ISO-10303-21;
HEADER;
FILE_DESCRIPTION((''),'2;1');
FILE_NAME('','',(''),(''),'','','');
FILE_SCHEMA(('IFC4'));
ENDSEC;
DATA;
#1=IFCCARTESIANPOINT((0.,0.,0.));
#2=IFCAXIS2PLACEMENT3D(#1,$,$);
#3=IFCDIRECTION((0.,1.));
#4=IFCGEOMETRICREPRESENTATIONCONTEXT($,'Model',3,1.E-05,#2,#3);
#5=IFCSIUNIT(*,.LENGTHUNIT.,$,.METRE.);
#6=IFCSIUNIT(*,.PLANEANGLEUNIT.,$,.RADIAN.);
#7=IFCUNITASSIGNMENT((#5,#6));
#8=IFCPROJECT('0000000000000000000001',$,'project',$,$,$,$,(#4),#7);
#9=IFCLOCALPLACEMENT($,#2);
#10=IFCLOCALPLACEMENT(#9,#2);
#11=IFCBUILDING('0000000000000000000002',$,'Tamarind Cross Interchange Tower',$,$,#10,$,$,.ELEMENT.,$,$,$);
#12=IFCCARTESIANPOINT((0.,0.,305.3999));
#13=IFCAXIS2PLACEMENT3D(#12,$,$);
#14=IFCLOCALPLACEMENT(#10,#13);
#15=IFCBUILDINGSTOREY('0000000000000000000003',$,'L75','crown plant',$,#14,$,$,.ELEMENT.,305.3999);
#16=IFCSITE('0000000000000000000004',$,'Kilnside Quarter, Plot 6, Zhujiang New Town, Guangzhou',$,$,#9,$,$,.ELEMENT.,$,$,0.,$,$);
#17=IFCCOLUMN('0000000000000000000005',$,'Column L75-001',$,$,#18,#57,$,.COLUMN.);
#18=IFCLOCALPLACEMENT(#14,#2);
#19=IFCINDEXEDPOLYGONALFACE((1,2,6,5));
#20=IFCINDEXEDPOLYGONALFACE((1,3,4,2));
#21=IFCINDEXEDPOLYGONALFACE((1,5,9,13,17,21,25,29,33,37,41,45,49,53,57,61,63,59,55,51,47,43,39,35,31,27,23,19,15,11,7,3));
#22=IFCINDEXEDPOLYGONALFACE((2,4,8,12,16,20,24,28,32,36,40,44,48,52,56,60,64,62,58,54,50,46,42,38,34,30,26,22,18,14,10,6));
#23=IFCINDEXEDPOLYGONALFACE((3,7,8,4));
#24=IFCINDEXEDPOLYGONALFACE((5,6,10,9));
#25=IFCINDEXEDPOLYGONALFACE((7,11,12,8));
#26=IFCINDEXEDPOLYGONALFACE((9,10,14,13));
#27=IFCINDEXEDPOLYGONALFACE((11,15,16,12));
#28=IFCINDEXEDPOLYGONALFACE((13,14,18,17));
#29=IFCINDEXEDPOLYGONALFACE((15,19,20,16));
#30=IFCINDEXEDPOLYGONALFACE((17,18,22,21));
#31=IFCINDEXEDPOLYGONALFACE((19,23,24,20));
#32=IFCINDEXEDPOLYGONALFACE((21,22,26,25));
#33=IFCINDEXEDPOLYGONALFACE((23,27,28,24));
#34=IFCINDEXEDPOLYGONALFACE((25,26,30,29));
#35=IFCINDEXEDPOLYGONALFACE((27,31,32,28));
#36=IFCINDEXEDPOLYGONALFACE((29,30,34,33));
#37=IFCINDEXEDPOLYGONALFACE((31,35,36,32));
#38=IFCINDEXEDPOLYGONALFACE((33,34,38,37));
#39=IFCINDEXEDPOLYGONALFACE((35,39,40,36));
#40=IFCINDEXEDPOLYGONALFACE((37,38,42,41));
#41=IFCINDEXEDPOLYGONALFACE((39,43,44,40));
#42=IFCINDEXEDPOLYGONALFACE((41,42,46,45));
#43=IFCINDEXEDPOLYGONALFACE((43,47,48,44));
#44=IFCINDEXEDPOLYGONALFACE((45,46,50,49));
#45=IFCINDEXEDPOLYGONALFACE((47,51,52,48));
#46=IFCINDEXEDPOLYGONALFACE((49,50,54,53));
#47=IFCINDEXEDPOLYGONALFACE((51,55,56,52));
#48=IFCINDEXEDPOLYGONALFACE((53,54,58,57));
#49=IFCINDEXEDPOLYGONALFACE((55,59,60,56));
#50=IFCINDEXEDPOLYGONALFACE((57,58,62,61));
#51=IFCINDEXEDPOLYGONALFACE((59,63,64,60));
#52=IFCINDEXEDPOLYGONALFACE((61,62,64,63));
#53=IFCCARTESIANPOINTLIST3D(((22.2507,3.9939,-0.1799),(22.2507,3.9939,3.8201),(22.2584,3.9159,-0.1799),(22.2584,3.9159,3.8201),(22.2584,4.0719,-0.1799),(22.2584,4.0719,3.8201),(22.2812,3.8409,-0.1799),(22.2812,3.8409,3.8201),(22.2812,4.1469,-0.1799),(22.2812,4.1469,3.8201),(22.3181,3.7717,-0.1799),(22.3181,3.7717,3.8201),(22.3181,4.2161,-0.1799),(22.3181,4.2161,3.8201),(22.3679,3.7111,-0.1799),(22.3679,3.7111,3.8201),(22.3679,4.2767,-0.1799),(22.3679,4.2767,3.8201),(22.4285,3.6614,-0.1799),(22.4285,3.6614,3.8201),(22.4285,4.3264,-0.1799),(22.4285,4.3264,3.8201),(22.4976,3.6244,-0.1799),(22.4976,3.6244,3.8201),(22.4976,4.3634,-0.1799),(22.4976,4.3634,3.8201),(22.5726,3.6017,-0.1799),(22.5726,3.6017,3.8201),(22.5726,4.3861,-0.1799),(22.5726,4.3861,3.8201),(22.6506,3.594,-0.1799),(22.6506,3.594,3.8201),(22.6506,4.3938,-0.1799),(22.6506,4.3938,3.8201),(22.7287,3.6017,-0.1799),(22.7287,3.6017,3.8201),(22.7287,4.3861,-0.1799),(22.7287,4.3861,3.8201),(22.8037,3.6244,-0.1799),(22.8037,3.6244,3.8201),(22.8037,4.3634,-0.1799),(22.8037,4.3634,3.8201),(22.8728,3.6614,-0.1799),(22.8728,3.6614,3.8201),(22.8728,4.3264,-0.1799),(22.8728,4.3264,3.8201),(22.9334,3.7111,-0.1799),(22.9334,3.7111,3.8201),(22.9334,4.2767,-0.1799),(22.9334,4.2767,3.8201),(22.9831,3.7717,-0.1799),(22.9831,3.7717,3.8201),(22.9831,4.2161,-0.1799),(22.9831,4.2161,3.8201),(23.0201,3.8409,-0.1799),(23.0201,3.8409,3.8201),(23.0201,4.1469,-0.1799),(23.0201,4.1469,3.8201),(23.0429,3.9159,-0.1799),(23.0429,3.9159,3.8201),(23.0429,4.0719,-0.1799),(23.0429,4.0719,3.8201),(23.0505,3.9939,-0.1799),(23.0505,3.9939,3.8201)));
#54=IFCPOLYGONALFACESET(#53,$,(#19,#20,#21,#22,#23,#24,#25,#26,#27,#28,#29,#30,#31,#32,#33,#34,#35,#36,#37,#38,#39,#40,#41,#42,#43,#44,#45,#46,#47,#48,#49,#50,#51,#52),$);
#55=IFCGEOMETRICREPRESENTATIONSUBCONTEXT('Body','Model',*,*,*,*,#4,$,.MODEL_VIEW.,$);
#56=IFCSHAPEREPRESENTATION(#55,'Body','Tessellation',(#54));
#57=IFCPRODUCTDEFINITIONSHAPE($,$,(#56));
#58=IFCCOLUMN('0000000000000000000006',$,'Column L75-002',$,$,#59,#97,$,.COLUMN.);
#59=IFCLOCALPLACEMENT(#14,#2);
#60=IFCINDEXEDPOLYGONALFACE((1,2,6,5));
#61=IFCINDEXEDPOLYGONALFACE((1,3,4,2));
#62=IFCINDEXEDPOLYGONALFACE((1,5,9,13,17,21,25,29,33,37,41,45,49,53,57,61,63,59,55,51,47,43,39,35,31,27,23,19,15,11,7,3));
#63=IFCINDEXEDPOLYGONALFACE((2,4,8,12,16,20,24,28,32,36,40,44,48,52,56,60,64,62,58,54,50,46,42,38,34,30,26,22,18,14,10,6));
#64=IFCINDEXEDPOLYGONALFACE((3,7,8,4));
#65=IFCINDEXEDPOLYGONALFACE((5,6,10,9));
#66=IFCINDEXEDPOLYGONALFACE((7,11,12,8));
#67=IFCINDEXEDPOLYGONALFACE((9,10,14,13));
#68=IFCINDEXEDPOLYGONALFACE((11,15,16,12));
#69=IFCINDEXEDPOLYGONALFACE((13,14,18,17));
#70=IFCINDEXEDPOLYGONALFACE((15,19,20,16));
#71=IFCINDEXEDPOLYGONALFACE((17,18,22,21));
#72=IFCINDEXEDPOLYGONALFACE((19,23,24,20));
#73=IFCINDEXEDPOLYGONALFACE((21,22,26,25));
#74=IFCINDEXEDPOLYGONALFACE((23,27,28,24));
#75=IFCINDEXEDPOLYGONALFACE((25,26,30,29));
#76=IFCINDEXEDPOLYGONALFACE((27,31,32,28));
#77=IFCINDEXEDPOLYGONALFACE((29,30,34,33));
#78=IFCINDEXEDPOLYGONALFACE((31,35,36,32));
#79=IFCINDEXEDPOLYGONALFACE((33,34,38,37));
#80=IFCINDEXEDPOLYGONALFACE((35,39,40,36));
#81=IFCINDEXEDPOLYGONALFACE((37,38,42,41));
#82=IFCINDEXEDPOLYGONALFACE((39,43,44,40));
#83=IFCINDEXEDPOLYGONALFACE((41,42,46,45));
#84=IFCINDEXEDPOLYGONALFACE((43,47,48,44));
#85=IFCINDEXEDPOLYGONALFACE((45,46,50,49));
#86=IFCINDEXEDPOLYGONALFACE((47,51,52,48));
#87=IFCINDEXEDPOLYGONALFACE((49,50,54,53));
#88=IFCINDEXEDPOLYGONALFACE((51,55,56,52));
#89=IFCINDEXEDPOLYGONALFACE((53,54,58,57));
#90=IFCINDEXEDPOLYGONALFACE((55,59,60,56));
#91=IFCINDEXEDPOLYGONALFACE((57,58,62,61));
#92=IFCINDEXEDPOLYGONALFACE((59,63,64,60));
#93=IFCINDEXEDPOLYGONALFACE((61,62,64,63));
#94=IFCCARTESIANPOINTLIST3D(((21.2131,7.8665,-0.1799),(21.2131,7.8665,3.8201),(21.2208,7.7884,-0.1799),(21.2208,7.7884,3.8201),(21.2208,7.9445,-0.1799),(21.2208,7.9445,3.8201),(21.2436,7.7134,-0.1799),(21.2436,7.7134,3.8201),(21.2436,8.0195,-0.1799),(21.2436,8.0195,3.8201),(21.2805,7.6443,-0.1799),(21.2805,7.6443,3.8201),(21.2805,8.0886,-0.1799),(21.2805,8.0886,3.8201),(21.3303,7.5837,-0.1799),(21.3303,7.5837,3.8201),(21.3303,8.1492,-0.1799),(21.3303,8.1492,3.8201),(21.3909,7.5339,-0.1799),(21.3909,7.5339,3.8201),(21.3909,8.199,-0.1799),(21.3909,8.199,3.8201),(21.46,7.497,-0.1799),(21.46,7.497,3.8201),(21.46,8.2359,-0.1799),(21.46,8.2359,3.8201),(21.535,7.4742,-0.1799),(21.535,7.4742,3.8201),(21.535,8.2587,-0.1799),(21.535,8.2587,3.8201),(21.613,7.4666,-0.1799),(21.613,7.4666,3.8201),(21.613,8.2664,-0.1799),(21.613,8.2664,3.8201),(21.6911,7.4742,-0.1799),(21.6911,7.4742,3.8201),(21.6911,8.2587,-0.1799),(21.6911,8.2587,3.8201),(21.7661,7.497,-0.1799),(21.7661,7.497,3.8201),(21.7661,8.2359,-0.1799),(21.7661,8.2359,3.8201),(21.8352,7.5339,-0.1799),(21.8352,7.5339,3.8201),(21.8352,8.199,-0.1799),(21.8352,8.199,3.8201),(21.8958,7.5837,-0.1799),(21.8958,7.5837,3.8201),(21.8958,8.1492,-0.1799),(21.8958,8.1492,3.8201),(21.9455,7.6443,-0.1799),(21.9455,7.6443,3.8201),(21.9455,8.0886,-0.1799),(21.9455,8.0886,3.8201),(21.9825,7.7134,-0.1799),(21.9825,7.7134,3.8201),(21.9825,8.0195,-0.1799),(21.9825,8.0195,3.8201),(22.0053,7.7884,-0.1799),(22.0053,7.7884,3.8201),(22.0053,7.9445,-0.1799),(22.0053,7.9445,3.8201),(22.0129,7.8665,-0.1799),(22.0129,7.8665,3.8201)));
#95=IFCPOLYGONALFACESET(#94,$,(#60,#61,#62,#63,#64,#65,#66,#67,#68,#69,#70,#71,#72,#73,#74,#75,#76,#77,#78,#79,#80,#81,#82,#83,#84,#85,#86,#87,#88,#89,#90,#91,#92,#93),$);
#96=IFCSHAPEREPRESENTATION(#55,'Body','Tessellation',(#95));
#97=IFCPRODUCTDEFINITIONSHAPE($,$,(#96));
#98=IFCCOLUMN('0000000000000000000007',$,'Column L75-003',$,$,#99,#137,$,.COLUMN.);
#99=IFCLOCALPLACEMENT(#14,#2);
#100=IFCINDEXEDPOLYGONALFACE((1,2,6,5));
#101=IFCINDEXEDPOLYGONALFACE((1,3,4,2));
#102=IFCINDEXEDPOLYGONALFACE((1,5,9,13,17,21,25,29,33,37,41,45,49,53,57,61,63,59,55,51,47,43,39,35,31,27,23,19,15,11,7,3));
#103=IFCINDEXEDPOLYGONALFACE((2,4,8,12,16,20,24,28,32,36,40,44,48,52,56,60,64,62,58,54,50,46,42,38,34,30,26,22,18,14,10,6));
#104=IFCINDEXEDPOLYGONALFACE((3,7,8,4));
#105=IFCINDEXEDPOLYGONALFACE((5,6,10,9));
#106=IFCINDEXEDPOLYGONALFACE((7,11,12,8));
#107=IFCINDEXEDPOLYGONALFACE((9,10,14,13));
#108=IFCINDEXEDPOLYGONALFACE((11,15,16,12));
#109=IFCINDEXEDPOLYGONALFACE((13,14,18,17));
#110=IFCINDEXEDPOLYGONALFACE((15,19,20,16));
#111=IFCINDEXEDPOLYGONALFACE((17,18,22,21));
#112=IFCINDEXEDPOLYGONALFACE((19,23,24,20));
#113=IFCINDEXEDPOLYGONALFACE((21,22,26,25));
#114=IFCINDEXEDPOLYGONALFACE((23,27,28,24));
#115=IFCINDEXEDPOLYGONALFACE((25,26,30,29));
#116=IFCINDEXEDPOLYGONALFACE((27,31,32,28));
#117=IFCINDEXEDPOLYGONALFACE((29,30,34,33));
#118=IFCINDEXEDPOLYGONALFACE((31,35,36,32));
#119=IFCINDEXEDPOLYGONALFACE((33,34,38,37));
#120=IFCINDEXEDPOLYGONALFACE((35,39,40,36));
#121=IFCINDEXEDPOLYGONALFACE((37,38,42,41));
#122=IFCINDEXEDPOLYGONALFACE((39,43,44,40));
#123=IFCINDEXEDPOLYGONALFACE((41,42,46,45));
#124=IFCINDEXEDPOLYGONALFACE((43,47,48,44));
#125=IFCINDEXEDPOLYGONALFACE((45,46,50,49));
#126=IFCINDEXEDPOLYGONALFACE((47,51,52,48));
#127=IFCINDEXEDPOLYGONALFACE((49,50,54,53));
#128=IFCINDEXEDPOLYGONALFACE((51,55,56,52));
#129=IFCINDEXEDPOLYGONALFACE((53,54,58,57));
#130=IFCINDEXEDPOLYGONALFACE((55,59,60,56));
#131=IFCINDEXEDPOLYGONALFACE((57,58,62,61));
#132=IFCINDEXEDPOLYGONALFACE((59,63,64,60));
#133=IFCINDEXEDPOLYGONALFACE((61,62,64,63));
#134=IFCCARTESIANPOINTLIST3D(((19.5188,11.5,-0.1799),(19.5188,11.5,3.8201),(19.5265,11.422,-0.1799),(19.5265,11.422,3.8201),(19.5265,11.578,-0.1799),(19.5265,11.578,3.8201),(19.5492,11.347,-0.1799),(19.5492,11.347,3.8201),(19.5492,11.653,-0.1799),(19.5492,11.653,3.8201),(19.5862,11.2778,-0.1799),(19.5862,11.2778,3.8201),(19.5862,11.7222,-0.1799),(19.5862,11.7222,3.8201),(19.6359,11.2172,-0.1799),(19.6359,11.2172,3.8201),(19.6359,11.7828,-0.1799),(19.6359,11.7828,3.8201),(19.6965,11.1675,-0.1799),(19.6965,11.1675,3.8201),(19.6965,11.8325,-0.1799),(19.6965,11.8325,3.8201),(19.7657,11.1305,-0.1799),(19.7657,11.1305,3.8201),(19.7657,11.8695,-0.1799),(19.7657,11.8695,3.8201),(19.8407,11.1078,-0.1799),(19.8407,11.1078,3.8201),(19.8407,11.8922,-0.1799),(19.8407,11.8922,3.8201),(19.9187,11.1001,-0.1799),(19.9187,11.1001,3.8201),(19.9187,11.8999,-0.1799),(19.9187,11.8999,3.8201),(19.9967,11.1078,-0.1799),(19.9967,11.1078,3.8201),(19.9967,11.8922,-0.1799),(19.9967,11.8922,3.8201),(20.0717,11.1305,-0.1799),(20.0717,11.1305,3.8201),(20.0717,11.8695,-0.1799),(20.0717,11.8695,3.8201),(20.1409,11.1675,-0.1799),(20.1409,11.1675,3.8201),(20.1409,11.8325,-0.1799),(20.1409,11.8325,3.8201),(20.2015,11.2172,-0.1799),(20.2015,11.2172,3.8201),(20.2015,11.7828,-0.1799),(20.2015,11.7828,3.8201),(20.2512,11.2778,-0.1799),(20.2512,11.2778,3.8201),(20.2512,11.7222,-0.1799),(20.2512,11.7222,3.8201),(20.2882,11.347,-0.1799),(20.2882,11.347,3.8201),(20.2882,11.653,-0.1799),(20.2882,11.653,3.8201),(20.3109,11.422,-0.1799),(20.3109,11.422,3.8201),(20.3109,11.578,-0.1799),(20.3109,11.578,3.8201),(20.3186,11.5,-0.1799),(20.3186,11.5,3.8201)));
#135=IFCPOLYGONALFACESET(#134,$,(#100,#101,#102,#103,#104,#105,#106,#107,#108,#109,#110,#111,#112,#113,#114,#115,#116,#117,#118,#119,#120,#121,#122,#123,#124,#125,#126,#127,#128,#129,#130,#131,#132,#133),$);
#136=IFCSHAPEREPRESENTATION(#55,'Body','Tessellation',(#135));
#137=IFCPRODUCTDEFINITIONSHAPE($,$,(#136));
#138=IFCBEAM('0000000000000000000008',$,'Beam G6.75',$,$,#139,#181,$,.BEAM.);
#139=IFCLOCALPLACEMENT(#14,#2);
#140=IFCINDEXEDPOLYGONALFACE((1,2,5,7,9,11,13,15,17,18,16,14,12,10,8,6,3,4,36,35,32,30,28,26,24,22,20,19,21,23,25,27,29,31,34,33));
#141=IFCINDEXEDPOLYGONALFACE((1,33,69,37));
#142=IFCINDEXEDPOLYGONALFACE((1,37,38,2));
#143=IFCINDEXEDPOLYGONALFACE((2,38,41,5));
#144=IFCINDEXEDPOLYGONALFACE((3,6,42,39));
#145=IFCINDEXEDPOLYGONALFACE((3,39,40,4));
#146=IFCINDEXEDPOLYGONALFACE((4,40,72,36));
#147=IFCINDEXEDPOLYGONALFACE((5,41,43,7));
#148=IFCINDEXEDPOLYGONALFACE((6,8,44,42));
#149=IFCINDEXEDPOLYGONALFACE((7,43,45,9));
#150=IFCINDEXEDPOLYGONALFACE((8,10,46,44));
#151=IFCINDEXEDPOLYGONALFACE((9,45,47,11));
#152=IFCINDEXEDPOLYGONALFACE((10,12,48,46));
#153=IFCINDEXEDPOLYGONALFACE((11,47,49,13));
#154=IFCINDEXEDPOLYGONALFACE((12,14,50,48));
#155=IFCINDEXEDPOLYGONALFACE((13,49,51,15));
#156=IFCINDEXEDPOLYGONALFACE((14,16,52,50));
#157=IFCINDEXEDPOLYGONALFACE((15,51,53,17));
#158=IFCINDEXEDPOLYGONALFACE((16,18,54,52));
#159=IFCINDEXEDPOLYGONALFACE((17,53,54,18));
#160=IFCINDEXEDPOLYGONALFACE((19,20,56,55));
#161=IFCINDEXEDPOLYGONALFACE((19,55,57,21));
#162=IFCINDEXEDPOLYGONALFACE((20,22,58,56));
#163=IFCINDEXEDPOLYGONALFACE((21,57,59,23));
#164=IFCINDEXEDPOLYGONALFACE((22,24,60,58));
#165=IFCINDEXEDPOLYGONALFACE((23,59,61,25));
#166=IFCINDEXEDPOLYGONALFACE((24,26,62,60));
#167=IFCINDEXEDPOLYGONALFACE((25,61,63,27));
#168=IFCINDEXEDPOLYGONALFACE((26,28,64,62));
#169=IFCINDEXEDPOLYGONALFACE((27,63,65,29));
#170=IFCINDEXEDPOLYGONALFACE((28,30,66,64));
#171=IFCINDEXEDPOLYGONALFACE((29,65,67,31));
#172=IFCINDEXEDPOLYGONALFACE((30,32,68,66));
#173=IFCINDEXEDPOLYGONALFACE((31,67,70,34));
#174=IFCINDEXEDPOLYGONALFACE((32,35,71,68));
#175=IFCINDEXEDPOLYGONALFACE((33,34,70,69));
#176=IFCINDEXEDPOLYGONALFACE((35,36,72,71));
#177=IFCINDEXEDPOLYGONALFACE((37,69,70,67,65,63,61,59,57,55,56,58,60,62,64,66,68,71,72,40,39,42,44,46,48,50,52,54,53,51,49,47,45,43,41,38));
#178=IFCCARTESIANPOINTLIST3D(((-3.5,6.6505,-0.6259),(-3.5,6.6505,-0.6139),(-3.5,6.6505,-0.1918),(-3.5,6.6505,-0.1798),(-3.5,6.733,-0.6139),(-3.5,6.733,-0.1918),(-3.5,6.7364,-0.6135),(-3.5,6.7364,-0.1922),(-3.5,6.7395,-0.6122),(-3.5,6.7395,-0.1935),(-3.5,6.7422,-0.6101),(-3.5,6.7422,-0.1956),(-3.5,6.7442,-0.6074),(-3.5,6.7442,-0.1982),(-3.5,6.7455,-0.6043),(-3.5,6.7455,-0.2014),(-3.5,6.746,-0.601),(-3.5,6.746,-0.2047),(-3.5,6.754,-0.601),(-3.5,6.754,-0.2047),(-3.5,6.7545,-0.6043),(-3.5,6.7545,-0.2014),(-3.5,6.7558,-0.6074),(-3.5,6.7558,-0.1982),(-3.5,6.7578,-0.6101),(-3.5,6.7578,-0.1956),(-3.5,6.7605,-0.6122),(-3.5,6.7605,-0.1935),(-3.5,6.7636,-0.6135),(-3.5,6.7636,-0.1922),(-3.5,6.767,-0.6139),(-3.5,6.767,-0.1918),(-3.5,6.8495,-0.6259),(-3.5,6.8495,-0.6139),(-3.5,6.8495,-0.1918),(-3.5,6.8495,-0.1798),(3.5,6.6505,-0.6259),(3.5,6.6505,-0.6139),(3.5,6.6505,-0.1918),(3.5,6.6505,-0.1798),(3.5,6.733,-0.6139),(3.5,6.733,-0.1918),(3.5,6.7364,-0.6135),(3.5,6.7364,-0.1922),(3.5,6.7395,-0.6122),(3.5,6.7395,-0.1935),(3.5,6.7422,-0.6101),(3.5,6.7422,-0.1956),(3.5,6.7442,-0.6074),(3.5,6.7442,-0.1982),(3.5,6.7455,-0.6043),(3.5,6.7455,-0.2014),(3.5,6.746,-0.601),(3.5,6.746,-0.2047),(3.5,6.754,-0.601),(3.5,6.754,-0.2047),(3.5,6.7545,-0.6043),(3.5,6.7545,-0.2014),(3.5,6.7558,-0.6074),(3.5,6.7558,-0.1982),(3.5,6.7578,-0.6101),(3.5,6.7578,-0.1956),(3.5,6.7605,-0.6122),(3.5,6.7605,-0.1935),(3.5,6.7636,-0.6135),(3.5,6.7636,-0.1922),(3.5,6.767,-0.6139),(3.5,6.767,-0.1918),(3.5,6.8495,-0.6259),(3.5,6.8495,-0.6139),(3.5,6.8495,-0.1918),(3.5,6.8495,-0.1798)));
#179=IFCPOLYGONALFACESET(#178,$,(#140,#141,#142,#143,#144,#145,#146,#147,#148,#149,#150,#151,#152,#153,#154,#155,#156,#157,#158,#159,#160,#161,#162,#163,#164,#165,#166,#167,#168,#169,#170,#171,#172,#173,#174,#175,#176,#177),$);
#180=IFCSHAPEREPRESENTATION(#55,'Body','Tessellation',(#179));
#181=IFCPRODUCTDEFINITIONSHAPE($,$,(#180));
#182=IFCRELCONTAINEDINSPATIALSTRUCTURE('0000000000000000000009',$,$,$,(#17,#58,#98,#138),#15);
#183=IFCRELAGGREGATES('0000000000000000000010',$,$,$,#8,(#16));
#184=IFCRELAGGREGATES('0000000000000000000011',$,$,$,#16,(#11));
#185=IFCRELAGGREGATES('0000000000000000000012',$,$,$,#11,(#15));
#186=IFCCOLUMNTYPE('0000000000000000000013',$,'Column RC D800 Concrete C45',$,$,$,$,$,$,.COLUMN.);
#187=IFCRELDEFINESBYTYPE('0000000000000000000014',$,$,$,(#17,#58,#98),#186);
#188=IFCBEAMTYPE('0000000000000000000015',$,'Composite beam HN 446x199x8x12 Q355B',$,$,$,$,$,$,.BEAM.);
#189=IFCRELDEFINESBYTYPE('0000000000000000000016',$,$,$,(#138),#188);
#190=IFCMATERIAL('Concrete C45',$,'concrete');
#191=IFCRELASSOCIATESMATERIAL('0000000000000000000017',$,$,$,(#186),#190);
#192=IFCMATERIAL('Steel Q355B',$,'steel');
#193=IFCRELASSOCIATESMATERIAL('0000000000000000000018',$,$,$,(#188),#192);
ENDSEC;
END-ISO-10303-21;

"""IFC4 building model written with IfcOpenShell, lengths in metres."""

from ifc_helpers import new_model, si_unit, direction, frame, origin, origin_2d, place, context, subcontext, project, spatial, circle, i_section, extrude, material, material_profile, profile_set, type_object, element, save


model = new_model("IFC4")

# Units and contexts
model_context = context("Model", 3, precision=1e-05, world=origin(), true_north=direction((0.0, 1.0)))
body_context = subcontext(model_context, "Body", "Model", "MODEL_VIEW")
ifc_project = project(units=[si_unit("LENGTHUNIT", "METRE"), si_unit("PLANEANGLEUNIT", "RADIAN")], contexts=[model_context])

# Site, building, storey
site_placement = place(None, origin())
site = spatial("IfcSite", under=ifc_project, at=site_placement, Name="Kilnside Quarter, Plot 6, Zhujiang New Town, Guangzhou", CompositionType="ELEMENT", RefElevation=0.0)
building_placement = place(site_placement, origin())
building = spatial("IfcBuilding", under=site, at=building_placement, Name="Tamarind Cross Interchange Tower", CompositionType="ELEMENT")
storey_placement = place(building_placement, frame((0.0, 0.0, 305.3999)))
storey = spatial("IfcBuildingStorey", under=building, at=storey_placement, Name="L75", Description="crown plant", CompositionType="ELEMENT", Elevation=305.3999)

# Columns
ifc_material_1 = material(Name="Concrete C45", Category="concrete")
ifc_material_profile_1 = material_profile(ifc_material_1, circle(Radius=0.3999, at=origin_2d()), Name="RC D800")
ifc_profile_set_1 = profile_set([ifc_material_profile_1], Name="Concrete C45")
column_type = type_object("IfcColumnType", Name="Column RC D800 Concrete C45", PredefinedType="COLUMN", material=ifc_profile_set_1)
for number, where, z_axis, x_axis, name in (
    (1, (22.6506, 3.9939, -0.1799), (0.0, 0.0, 1.0), (1.0, 0.0, 0.0), "Column L75-001"),
    (2, (21.613, 7.8665, -0.1799), (0.0, 0.0, 1.0), (1.0, 0.0, 0.0), "Column L75-002"),
    (3, (19.9187, 11.5, -0.1799), (0.0, 0.0, 1.0), (1.0, 0.0, 0.0), "Column L75-003"),
):
    element("IfcColumn", number, at=place(storey_placement, frame(where, z_axis=z_axis, x_axis=x_axis)), inside=storey, type_object=column_type, Name=name, PredefinedType="COLUMN", context=body_context, shape_type="SweptSolid", body=[
        extrude(circle(Radius=0.3999, at=origin_2d()), origin(), (0.0, 0.0, 1.0), 4.0),
    ])

# Beam
ifc_material_2 = material(Name="Steel Q355B", Category="steel")
ifc_material_profile_2 = material_profile(ifc_material_2, i_section(OverallWidth=0.199, OverallDepth=0.446, WebThickness=0.0081, FlangeThickness=0.012, FilletRadius=0.0129, at=origin_2d()), Name="HN 446x199x8x12")
ifc_profile_set_2 = profile_set([ifc_material_profile_2], Name="Steel Q355B")
beam_type_1 = type_object("IfcBeamType", Name="Composite beam HN 446x199x8x12 Q355B", PredefinedType="BEAM", material=ifc_profile_set_2)
for number, where, z_axis, x_axis, name in (
    (4, (-3.5, 6.75, -0.4028), (1.0, 0.0, 0.0), (0.0, 1.0, 0.0), "Beam G6.75"),
):
    element("IfcBeam", number, at=place(storey_placement, frame(where, z_axis=z_axis, x_axis=x_axis)), inside=storey, type_object=beam_type_1, Name=name, PredefinedType="BEAM", context=body_context, shape_type="SweptSolid", body=[
        extrude(i_section(OverallWidth=0.199, OverallDepth=0.446, WebThickness=0.0081, FlangeThickness=0.012, FilletRadius=0.0129, at=origin_2d()), origin(), (0.0, 0.0, 1.0), 7.0),
    ])

save(model, "model.ifc")
